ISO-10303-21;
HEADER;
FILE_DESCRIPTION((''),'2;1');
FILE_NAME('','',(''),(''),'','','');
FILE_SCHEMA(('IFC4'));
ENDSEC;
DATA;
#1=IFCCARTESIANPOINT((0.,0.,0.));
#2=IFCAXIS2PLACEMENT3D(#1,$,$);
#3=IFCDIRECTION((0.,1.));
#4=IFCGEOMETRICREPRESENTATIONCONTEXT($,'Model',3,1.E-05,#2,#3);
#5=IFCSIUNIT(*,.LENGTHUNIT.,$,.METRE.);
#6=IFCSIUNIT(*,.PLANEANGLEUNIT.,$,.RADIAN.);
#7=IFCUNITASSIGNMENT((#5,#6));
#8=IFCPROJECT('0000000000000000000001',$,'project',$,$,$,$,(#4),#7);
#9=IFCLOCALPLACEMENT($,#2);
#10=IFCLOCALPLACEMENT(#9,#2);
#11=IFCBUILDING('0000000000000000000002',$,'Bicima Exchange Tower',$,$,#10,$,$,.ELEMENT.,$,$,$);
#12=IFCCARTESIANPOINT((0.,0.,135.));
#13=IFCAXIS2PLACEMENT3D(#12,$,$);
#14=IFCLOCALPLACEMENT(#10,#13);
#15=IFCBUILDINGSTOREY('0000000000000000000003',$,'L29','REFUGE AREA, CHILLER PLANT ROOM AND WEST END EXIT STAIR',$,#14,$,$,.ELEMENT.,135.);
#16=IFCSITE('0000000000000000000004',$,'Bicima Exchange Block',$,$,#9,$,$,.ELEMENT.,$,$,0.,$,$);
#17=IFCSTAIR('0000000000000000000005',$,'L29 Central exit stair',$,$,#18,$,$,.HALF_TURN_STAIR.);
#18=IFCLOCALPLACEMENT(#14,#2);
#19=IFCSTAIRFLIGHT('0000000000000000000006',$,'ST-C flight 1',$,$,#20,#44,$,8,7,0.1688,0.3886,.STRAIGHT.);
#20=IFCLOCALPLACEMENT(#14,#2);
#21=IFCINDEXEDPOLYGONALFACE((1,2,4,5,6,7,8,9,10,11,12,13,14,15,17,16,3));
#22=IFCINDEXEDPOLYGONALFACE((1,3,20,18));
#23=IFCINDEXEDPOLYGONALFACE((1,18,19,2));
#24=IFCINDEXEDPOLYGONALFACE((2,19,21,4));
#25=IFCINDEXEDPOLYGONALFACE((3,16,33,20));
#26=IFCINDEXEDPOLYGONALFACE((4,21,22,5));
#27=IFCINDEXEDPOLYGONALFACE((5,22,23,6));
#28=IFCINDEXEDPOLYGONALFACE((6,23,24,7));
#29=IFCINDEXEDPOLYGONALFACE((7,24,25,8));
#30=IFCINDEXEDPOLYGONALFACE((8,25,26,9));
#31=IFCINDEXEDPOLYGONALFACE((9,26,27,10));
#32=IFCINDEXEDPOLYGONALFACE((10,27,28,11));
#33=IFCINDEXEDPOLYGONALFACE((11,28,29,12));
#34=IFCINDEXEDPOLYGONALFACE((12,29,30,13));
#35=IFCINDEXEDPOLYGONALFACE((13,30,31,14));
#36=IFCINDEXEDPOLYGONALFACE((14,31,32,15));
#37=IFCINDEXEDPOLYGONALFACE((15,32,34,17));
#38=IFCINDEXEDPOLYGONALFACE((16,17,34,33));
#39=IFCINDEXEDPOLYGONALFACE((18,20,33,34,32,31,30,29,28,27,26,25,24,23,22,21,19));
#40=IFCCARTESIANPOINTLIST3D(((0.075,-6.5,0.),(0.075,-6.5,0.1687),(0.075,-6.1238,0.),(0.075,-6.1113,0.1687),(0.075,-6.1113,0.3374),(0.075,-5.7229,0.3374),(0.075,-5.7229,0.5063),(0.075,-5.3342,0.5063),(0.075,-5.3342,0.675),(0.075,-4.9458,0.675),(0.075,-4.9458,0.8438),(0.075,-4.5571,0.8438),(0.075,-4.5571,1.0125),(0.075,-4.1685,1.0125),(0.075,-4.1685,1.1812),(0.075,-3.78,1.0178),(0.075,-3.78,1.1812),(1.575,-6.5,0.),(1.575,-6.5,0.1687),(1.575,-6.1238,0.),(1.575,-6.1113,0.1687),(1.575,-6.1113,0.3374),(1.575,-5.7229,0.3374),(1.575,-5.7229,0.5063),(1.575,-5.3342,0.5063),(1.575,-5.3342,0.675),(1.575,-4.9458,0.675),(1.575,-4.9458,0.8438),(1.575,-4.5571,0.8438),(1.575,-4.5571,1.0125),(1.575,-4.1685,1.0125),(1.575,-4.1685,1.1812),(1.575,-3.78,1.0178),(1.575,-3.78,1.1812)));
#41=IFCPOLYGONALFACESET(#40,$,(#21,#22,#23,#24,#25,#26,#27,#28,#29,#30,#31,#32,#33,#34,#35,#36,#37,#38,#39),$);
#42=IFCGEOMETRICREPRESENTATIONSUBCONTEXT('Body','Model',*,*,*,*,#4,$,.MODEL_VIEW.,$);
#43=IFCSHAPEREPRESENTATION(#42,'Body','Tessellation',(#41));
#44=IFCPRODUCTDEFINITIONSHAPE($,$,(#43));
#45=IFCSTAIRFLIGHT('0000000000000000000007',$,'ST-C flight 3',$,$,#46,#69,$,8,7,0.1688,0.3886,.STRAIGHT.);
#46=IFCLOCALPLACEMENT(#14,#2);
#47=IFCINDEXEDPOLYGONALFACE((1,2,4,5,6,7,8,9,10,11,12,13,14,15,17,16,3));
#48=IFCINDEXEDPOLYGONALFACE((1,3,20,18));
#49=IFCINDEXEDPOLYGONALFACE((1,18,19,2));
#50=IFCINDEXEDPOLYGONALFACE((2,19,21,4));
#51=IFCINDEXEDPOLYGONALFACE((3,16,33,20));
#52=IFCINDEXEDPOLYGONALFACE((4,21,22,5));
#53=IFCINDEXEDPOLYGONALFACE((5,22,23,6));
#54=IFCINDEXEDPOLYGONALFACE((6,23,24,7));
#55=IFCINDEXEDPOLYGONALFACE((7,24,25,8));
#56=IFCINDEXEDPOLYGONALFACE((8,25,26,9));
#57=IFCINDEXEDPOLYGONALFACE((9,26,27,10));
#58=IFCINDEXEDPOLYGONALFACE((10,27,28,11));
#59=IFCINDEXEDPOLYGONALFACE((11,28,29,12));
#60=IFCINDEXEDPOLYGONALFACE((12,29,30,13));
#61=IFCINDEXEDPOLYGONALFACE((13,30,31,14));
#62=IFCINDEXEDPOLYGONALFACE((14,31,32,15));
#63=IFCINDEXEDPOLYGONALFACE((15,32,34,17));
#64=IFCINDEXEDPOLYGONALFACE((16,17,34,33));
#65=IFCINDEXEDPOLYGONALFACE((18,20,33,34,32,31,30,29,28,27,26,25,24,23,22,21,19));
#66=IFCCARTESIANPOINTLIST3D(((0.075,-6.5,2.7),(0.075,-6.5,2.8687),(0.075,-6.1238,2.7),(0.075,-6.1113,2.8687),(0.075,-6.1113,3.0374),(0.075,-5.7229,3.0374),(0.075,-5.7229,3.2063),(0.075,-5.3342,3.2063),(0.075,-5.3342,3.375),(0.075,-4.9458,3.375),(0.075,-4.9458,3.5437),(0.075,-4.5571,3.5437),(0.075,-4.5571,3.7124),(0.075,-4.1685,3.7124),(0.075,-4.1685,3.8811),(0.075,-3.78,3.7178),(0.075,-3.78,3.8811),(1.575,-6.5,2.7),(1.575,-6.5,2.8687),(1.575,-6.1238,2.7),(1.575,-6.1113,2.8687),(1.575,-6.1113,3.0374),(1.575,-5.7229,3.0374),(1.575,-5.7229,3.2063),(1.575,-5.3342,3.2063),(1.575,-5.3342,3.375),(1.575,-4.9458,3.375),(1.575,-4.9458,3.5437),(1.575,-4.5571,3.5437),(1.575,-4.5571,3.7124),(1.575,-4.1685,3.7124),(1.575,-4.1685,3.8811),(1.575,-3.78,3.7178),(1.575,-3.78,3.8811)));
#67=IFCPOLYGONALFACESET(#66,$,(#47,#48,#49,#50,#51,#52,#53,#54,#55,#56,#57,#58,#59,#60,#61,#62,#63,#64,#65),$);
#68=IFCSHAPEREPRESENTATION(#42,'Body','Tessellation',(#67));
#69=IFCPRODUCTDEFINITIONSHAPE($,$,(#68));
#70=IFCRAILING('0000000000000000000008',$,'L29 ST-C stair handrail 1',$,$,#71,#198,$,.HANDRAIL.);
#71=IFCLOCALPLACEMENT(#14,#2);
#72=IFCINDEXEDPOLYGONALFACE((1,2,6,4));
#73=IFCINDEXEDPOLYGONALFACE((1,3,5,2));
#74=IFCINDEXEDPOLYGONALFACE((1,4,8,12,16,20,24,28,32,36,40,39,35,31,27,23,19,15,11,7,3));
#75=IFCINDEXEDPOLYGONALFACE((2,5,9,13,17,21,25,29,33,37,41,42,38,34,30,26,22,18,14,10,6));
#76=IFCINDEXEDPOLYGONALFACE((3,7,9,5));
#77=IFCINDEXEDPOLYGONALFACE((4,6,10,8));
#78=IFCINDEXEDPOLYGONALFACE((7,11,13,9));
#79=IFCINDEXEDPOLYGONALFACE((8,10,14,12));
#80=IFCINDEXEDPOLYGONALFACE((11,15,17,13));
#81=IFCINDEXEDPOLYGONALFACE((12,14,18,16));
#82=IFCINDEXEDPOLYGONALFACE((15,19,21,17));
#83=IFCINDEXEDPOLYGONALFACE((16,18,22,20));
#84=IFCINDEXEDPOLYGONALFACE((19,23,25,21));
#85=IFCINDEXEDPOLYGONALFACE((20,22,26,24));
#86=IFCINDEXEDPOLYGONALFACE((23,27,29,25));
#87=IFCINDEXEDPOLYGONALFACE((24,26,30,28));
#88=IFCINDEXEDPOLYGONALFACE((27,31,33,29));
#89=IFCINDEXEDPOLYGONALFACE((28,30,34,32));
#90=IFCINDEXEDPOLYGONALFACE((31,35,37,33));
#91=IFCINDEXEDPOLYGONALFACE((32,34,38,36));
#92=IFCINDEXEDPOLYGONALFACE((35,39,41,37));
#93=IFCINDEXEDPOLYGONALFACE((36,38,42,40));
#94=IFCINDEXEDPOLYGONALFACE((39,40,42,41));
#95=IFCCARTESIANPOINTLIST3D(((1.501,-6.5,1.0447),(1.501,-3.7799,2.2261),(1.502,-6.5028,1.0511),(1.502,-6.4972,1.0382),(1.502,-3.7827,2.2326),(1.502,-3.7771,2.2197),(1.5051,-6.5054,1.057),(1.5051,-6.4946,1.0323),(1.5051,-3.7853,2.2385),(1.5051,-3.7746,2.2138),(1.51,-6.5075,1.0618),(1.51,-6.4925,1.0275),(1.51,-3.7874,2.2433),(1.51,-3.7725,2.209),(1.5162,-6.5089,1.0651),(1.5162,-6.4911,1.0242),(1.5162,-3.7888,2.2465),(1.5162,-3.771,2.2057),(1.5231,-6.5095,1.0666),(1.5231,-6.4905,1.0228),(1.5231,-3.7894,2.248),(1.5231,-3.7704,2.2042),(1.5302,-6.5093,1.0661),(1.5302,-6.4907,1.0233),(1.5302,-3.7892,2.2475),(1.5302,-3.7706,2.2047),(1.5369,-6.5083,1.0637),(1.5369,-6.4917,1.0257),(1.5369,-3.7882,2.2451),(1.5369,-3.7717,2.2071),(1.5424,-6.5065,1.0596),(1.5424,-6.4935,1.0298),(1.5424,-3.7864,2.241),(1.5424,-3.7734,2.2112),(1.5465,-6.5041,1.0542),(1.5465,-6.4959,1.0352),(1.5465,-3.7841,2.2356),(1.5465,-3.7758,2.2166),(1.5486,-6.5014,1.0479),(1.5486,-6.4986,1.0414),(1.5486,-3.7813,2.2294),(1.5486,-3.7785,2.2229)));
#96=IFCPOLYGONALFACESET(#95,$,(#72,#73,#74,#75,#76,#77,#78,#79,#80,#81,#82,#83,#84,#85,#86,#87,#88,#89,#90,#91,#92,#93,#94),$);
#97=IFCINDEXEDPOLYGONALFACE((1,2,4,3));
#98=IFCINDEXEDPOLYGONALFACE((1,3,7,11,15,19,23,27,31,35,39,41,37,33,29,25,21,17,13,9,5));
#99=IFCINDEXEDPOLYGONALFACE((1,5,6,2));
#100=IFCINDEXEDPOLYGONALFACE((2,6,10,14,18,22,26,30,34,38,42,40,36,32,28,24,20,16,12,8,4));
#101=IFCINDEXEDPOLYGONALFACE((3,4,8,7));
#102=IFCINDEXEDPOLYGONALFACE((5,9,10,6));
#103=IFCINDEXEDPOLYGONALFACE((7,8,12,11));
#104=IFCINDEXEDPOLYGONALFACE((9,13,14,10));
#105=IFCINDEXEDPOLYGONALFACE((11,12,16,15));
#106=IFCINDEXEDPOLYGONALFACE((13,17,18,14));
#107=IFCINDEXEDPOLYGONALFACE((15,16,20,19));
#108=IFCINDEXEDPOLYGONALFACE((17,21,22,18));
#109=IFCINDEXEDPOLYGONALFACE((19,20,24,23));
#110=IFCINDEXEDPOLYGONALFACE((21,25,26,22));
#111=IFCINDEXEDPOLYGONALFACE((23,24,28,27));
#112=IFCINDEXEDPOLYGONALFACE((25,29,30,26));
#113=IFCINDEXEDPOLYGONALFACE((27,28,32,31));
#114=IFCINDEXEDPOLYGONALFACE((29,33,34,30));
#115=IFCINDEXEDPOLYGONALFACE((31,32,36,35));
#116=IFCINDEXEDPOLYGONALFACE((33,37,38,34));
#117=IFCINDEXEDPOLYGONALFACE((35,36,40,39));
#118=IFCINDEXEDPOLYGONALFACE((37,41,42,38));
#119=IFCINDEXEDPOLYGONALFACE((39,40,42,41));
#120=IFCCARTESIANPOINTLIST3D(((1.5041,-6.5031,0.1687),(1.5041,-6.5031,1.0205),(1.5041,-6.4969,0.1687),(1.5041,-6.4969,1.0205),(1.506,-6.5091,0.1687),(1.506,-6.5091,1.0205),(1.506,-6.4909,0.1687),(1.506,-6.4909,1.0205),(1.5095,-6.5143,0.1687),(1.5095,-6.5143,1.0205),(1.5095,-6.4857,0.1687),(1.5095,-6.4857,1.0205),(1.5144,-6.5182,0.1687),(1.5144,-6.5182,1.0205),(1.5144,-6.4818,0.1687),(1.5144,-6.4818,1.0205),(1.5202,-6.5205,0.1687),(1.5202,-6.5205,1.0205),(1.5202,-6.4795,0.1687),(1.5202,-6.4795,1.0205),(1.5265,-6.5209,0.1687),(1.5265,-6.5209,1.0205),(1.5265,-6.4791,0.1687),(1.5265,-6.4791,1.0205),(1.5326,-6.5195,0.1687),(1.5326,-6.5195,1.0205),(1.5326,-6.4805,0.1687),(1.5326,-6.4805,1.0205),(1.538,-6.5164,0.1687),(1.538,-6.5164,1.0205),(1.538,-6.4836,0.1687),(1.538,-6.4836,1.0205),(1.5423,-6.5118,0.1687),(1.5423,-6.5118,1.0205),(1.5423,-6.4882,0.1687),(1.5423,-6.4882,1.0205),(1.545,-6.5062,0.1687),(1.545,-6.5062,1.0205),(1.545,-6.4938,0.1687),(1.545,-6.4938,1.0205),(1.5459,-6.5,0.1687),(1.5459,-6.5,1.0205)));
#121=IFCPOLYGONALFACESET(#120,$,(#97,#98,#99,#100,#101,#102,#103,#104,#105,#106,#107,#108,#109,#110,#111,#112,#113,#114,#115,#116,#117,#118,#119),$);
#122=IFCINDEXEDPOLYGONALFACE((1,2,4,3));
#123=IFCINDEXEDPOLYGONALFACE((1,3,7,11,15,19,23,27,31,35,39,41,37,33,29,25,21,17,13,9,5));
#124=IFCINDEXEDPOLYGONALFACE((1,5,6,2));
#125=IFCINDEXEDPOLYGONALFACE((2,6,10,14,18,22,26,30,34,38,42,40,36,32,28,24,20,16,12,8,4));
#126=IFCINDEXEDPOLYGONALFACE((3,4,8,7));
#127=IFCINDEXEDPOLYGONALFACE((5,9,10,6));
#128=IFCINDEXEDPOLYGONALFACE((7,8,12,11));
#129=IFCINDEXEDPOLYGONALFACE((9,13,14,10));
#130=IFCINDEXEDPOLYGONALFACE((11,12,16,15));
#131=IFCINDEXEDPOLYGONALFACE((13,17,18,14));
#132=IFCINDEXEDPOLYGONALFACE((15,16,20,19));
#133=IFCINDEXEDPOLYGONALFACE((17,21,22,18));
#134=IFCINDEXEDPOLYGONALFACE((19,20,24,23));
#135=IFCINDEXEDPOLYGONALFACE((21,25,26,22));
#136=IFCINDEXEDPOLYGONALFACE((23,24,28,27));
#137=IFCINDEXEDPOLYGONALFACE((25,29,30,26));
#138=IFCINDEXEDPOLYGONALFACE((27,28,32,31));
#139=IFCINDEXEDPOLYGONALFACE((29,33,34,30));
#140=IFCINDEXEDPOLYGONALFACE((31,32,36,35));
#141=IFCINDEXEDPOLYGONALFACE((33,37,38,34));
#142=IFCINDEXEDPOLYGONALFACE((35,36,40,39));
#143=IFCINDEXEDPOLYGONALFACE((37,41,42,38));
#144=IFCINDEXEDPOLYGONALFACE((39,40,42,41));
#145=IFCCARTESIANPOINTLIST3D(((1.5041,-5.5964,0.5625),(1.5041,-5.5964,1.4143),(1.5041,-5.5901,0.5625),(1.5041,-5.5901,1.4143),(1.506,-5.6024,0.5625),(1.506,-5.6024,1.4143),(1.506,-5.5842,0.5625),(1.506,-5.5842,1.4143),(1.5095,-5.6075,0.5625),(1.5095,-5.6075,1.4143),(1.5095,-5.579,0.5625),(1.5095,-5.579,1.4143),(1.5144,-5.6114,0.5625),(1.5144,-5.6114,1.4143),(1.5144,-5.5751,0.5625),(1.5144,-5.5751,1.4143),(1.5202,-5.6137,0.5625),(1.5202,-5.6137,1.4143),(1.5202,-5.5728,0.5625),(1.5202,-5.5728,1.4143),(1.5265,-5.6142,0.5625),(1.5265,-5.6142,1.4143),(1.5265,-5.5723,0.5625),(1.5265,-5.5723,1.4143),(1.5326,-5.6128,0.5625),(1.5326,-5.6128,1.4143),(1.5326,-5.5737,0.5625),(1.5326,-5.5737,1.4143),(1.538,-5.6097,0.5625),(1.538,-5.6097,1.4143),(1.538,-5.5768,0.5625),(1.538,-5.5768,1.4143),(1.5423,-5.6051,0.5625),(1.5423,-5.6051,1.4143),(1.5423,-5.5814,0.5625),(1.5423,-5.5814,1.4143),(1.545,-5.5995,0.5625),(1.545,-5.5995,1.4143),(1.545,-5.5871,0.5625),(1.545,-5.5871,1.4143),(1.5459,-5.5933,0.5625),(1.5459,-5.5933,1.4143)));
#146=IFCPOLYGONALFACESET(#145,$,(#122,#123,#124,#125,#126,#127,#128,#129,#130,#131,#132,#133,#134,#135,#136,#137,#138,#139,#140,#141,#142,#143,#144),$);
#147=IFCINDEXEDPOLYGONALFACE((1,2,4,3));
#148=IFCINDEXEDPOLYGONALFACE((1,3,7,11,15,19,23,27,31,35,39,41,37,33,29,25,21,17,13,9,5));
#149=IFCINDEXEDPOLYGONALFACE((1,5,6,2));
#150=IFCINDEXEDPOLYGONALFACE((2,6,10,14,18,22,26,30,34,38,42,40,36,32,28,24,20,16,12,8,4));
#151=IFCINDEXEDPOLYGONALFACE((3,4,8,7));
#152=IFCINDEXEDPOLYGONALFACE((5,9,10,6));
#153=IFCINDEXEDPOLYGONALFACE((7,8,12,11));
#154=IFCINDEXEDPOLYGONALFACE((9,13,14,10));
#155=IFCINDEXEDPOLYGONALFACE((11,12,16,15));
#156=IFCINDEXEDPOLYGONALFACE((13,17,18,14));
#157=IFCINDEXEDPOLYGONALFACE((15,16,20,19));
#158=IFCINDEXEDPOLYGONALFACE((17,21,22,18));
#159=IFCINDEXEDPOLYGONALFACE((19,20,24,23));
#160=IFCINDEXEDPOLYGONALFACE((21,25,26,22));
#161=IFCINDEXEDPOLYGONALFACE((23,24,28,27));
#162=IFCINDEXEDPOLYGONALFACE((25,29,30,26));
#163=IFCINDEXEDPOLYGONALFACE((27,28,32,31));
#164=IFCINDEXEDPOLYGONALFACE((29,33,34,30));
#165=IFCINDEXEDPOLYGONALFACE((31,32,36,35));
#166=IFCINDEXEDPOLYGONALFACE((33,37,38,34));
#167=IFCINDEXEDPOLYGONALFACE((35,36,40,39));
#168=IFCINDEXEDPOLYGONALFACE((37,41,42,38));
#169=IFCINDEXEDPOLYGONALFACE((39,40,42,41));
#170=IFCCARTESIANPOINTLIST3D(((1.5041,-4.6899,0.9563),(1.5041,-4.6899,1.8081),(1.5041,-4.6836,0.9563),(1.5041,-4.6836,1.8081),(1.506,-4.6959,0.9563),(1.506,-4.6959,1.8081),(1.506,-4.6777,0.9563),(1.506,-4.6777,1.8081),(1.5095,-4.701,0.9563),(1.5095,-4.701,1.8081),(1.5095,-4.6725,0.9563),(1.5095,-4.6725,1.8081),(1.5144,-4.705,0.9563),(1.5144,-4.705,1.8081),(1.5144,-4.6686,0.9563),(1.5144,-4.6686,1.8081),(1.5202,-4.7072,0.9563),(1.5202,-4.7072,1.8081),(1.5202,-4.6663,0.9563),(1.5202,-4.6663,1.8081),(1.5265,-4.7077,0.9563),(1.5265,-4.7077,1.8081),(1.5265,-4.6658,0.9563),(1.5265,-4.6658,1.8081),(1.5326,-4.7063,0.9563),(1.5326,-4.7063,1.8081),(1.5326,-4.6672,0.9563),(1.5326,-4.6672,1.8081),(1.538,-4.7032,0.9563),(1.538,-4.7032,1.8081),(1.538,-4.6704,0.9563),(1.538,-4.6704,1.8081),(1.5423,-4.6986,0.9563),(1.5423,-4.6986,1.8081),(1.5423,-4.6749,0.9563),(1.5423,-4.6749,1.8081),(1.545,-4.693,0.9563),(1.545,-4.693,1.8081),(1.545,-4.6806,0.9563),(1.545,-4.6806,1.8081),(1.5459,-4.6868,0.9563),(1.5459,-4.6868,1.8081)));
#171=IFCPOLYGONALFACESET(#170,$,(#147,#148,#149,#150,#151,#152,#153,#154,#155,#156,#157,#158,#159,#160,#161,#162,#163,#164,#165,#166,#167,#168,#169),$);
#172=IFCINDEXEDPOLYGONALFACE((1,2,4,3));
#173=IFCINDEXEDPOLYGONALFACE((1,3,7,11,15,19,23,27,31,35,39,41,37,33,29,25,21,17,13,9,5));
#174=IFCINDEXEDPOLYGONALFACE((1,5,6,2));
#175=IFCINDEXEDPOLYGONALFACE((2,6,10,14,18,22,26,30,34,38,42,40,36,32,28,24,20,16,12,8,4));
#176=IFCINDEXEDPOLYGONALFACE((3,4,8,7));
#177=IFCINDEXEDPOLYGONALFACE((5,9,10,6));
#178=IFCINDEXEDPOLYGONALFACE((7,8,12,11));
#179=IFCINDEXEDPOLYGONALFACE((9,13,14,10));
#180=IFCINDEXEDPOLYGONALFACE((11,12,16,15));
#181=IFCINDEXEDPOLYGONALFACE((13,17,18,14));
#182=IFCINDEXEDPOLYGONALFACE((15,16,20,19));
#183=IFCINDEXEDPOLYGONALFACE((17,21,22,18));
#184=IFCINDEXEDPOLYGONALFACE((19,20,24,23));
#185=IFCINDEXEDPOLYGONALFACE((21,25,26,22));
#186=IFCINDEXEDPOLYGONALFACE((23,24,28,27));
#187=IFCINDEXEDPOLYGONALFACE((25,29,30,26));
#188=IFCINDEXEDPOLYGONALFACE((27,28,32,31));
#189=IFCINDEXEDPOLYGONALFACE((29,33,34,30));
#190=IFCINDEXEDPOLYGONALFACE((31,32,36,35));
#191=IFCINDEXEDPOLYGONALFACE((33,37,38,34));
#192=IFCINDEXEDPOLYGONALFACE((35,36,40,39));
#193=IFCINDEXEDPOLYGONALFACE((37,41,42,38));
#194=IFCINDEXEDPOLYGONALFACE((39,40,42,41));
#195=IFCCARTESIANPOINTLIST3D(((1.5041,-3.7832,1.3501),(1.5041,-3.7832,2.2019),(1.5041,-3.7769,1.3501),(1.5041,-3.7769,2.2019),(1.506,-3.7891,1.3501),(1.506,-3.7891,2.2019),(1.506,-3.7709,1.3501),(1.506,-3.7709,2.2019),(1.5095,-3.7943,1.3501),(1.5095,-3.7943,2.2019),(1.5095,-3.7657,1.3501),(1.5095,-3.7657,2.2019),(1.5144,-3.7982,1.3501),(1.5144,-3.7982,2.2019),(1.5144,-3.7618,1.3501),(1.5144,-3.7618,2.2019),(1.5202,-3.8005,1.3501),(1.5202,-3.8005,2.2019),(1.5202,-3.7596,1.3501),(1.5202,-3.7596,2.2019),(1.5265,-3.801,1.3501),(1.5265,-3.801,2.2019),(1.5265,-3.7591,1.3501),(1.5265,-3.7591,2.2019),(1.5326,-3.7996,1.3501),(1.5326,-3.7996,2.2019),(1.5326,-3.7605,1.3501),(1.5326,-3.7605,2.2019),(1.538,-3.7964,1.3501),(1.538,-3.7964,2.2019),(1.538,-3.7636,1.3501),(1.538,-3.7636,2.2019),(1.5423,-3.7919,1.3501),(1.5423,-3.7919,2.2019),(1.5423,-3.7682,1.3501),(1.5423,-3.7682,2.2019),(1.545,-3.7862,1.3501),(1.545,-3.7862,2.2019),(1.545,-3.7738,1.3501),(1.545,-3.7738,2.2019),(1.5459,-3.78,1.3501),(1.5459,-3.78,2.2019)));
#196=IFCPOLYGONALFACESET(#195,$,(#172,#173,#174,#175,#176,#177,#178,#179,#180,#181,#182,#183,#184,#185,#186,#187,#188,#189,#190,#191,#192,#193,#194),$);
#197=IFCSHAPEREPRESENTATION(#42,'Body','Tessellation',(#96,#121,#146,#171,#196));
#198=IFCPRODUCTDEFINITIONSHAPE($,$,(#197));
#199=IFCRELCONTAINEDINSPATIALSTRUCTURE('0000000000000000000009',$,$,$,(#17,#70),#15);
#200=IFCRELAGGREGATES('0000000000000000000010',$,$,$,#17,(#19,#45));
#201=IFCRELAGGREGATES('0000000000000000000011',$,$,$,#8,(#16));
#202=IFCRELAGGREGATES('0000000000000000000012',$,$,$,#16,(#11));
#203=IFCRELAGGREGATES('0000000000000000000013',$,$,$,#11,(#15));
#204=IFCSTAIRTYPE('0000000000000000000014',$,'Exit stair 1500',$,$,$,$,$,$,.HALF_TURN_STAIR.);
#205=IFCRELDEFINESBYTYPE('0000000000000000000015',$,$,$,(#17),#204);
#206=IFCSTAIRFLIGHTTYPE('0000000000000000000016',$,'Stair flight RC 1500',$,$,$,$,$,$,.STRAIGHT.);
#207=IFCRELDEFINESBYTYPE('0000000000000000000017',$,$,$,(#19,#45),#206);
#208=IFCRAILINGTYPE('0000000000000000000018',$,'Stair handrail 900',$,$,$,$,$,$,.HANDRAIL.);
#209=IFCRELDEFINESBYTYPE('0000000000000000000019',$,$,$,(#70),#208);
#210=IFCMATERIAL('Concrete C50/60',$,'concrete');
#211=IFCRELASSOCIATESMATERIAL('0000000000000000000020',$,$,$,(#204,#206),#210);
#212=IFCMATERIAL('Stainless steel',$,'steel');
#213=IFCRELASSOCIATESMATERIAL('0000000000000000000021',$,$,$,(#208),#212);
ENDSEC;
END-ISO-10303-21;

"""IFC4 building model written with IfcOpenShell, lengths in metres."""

from ifc_helpers import new_model, si_unit, direction, frame, origin, origin_2d, place, context, subcontext, project, spatial, polyline, circle, outline, extrude, material, type_object, element, aggregate, save


model = new_model("IFC4")

# Units and contexts
model_context = context("Model", 3, precision=1e-05, world=origin(), true_north=direction((0.0, 1.0)))
body_context = subcontext(model_context, "Body", "Model", "MODEL_VIEW")
ifc_project = project(units=[si_unit("LENGTHUNIT", "METRE"), si_unit("PLANEANGLEUNIT", "RADIAN")], contexts=[model_context])

# Site, building, storey
site_placement = place(None, origin())
site = spatial("IfcSite", under=ifc_project, at=site_placement, Name="Bicima Exchange Block", CompositionType="ELEMENT", RefElevation=0.0)
building_placement = place(site_placement, origin())
building = spatial("IfcBuilding", under=site, at=building_placement, Name="Bicima Exchange Tower", CompositionType="ELEMENT")
storey_placement = place(building_placement, frame((0.0, 0.0, 135.0)))
storey = spatial("IfcBuildingStorey", under=building, at=storey_placement, Name="L29", Description="REFUGE AREA, CHILLER PLANT ROOM AND WEST END EXIT STAIR", CompositionType="ELEMENT", Elevation=135.0)

# Stair
ifc_material_1 = material(Name="Concrete C50/60", Category="concrete")
stair_type_1 = type_object("IfcStairType", Name="Exit stair 1500", PredefinedType="HALF_TURN_STAIR", material=ifc_material_1)
stair_1_placement = place(storey_placement, origin())
stair_1 = element("IfcStair", 1, at=stair_1_placement, inside=storey, type_object=stair_type_1, Name="L29 Central exit stair", PredefinedType="HALF_TURN_STAIR")

# Shared definitions
ifc_material_2 = material(Name="Stainless steel", Category="steel")

# Stair flights
stair_flight_type = type_object("IfcStairFlightType", Name="Stair flight RC 1500", PredefinedType="STRAIGHT", material=ifc_material_1)
stair_flight_1_placement = place(storey_placement, frame((0.825, -6.5, 0.0), z_axis=(0.0, 0.0, 1.0), x_axis=(0.0, 1.0, 0.0)))
stair_flight_1 = element("IfcStairFlight", 2, at=stair_flight_1_placement, type_object=stair_flight_type, Name="ST-C flight 1", NumberOfRisers=8, NumberOfTreads=7, PredefinedType="STRAIGHT", RiserHeight=0.1688, TreadLength=0.3886, context=body_context, shape_type="SweptSolid", body=[
    extrude(outline(polyline([(0.0, 0.0), (0.0, 0.1687), (0.3887, 0.1687), (0.3887, 0.3374), (0.7771, 0.3374), (0.7771, 0.5063), (1.1658, 0.5063), (1.1658, 0.675), (1.5542, 0.675), (1.5542, 0.8438), (1.9429, 0.8438), (1.9429, 1.0125), (2.3315, 1.0125), (2.3315, 1.1812), (2.72, 1.1812), (2.72, 1.3501), (2.72, 1.0178), (0.3762, 0.0), (0.0, 0.0)])), frame((0.0, 0.75, 0.0), z_axis=(0.0, -1.0, 0.0), x_axis=(1.0, 0.0, 0.0)), (0.0, 0.0, 1.0), 1.5),
])
stair_flight_2_placement = place(storey_placement, frame((0.825, -6.5, 2.7), z_axis=(0.0, 0.0, 1.0), x_axis=(0.0, 1.0, 0.0)))
stair_flight_2 = element("IfcStairFlight", 3, at=stair_flight_2_placement, type_object=stair_flight_type, Name="ST-C flight 3", NumberOfRisers=8, NumberOfTreads=7, PredefinedType="STRAIGHT", RiserHeight=0.1688, TreadLength=0.3886, context=body_context, shape_type="SweptSolid", body=[
    extrude(outline(polyline([(0.0, 0.0), (0.0, 0.1687), (0.3887, 0.1687), (0.3887, 0.3374), (0.7771, 0.3374), (0.7771, 0.5063), (1.1658, 0.5063), (1.1658, 0.675), (1.5542, 0.675), (1.5542, 0.8438), (1.9429, 0.8438), (1.9429, 1.0125), (2.3315, 1.0125), (2.3315, 1.1812), (2.72, 1.1812), (2.72, 1.3501), (2.72, 1.0178), (0.3762, 0.0), (0.0, 0.0)])), frame((0.0, 0.75, 0.0), z_axis=(0.0, -1.0, 0.0), x_axis=(1.0, 0.0, 0.0)), (0.0, 0.0, 1.0), 1.5),
])
aggregate(stair_1, [stair_flight_1, stair_flight_2])

# Railing
railing_type_1 = type_object("IfcRailingType", Name="Stair handrail 900", PredefinedType="HANDRAIL", material=ifc_material_2)
for number, where, name in (
    (4, (1.5249, -6.5, 0.1687), "L29 ST-C stair handrail 1"),
):
    element("IfcRailing", number, at=place(storey_placement, frame(where)), inside=storey, type_object=railing_type_1, Name=name, PredefinedType="HANDRAIL", context=body_context, shape_type="SweptSolid", body=[
        extrude(circle(Radius=0.0239, at=origin_2d()), frame((0.0, 0.0, 0.876), z_axis=(0.0, 0.917218, 0.398386), x_axis=(-1.0, 0.0, 0.0)), (0.0, 0.0, 1.0), 2.9656),
        extrude(circle(Radius=0.021, at=origin_2d()), origin(), (0.0, 0.0, 1.0), 0.8518),
        extrude(circle(Radius=0.021, at=origin_2d()), frame((0.0, 0.9067, 0.3938)), (0.0, 0.0, 1.0), 0.8518),
        extrude(circle(Radius=0.021, at=origin_2d()), frame((0.0, 1.8132, 0.7876)), (0.0, 0.0, 1.0), 0.8518),
        extrude(circle(Radius=0.021, at=origin_2d()), frame((0.0, 2.72, 1.1814)), (0.0, 0.0, 1.0), 0.8518),
    ])

save(model, "model.ifc")
